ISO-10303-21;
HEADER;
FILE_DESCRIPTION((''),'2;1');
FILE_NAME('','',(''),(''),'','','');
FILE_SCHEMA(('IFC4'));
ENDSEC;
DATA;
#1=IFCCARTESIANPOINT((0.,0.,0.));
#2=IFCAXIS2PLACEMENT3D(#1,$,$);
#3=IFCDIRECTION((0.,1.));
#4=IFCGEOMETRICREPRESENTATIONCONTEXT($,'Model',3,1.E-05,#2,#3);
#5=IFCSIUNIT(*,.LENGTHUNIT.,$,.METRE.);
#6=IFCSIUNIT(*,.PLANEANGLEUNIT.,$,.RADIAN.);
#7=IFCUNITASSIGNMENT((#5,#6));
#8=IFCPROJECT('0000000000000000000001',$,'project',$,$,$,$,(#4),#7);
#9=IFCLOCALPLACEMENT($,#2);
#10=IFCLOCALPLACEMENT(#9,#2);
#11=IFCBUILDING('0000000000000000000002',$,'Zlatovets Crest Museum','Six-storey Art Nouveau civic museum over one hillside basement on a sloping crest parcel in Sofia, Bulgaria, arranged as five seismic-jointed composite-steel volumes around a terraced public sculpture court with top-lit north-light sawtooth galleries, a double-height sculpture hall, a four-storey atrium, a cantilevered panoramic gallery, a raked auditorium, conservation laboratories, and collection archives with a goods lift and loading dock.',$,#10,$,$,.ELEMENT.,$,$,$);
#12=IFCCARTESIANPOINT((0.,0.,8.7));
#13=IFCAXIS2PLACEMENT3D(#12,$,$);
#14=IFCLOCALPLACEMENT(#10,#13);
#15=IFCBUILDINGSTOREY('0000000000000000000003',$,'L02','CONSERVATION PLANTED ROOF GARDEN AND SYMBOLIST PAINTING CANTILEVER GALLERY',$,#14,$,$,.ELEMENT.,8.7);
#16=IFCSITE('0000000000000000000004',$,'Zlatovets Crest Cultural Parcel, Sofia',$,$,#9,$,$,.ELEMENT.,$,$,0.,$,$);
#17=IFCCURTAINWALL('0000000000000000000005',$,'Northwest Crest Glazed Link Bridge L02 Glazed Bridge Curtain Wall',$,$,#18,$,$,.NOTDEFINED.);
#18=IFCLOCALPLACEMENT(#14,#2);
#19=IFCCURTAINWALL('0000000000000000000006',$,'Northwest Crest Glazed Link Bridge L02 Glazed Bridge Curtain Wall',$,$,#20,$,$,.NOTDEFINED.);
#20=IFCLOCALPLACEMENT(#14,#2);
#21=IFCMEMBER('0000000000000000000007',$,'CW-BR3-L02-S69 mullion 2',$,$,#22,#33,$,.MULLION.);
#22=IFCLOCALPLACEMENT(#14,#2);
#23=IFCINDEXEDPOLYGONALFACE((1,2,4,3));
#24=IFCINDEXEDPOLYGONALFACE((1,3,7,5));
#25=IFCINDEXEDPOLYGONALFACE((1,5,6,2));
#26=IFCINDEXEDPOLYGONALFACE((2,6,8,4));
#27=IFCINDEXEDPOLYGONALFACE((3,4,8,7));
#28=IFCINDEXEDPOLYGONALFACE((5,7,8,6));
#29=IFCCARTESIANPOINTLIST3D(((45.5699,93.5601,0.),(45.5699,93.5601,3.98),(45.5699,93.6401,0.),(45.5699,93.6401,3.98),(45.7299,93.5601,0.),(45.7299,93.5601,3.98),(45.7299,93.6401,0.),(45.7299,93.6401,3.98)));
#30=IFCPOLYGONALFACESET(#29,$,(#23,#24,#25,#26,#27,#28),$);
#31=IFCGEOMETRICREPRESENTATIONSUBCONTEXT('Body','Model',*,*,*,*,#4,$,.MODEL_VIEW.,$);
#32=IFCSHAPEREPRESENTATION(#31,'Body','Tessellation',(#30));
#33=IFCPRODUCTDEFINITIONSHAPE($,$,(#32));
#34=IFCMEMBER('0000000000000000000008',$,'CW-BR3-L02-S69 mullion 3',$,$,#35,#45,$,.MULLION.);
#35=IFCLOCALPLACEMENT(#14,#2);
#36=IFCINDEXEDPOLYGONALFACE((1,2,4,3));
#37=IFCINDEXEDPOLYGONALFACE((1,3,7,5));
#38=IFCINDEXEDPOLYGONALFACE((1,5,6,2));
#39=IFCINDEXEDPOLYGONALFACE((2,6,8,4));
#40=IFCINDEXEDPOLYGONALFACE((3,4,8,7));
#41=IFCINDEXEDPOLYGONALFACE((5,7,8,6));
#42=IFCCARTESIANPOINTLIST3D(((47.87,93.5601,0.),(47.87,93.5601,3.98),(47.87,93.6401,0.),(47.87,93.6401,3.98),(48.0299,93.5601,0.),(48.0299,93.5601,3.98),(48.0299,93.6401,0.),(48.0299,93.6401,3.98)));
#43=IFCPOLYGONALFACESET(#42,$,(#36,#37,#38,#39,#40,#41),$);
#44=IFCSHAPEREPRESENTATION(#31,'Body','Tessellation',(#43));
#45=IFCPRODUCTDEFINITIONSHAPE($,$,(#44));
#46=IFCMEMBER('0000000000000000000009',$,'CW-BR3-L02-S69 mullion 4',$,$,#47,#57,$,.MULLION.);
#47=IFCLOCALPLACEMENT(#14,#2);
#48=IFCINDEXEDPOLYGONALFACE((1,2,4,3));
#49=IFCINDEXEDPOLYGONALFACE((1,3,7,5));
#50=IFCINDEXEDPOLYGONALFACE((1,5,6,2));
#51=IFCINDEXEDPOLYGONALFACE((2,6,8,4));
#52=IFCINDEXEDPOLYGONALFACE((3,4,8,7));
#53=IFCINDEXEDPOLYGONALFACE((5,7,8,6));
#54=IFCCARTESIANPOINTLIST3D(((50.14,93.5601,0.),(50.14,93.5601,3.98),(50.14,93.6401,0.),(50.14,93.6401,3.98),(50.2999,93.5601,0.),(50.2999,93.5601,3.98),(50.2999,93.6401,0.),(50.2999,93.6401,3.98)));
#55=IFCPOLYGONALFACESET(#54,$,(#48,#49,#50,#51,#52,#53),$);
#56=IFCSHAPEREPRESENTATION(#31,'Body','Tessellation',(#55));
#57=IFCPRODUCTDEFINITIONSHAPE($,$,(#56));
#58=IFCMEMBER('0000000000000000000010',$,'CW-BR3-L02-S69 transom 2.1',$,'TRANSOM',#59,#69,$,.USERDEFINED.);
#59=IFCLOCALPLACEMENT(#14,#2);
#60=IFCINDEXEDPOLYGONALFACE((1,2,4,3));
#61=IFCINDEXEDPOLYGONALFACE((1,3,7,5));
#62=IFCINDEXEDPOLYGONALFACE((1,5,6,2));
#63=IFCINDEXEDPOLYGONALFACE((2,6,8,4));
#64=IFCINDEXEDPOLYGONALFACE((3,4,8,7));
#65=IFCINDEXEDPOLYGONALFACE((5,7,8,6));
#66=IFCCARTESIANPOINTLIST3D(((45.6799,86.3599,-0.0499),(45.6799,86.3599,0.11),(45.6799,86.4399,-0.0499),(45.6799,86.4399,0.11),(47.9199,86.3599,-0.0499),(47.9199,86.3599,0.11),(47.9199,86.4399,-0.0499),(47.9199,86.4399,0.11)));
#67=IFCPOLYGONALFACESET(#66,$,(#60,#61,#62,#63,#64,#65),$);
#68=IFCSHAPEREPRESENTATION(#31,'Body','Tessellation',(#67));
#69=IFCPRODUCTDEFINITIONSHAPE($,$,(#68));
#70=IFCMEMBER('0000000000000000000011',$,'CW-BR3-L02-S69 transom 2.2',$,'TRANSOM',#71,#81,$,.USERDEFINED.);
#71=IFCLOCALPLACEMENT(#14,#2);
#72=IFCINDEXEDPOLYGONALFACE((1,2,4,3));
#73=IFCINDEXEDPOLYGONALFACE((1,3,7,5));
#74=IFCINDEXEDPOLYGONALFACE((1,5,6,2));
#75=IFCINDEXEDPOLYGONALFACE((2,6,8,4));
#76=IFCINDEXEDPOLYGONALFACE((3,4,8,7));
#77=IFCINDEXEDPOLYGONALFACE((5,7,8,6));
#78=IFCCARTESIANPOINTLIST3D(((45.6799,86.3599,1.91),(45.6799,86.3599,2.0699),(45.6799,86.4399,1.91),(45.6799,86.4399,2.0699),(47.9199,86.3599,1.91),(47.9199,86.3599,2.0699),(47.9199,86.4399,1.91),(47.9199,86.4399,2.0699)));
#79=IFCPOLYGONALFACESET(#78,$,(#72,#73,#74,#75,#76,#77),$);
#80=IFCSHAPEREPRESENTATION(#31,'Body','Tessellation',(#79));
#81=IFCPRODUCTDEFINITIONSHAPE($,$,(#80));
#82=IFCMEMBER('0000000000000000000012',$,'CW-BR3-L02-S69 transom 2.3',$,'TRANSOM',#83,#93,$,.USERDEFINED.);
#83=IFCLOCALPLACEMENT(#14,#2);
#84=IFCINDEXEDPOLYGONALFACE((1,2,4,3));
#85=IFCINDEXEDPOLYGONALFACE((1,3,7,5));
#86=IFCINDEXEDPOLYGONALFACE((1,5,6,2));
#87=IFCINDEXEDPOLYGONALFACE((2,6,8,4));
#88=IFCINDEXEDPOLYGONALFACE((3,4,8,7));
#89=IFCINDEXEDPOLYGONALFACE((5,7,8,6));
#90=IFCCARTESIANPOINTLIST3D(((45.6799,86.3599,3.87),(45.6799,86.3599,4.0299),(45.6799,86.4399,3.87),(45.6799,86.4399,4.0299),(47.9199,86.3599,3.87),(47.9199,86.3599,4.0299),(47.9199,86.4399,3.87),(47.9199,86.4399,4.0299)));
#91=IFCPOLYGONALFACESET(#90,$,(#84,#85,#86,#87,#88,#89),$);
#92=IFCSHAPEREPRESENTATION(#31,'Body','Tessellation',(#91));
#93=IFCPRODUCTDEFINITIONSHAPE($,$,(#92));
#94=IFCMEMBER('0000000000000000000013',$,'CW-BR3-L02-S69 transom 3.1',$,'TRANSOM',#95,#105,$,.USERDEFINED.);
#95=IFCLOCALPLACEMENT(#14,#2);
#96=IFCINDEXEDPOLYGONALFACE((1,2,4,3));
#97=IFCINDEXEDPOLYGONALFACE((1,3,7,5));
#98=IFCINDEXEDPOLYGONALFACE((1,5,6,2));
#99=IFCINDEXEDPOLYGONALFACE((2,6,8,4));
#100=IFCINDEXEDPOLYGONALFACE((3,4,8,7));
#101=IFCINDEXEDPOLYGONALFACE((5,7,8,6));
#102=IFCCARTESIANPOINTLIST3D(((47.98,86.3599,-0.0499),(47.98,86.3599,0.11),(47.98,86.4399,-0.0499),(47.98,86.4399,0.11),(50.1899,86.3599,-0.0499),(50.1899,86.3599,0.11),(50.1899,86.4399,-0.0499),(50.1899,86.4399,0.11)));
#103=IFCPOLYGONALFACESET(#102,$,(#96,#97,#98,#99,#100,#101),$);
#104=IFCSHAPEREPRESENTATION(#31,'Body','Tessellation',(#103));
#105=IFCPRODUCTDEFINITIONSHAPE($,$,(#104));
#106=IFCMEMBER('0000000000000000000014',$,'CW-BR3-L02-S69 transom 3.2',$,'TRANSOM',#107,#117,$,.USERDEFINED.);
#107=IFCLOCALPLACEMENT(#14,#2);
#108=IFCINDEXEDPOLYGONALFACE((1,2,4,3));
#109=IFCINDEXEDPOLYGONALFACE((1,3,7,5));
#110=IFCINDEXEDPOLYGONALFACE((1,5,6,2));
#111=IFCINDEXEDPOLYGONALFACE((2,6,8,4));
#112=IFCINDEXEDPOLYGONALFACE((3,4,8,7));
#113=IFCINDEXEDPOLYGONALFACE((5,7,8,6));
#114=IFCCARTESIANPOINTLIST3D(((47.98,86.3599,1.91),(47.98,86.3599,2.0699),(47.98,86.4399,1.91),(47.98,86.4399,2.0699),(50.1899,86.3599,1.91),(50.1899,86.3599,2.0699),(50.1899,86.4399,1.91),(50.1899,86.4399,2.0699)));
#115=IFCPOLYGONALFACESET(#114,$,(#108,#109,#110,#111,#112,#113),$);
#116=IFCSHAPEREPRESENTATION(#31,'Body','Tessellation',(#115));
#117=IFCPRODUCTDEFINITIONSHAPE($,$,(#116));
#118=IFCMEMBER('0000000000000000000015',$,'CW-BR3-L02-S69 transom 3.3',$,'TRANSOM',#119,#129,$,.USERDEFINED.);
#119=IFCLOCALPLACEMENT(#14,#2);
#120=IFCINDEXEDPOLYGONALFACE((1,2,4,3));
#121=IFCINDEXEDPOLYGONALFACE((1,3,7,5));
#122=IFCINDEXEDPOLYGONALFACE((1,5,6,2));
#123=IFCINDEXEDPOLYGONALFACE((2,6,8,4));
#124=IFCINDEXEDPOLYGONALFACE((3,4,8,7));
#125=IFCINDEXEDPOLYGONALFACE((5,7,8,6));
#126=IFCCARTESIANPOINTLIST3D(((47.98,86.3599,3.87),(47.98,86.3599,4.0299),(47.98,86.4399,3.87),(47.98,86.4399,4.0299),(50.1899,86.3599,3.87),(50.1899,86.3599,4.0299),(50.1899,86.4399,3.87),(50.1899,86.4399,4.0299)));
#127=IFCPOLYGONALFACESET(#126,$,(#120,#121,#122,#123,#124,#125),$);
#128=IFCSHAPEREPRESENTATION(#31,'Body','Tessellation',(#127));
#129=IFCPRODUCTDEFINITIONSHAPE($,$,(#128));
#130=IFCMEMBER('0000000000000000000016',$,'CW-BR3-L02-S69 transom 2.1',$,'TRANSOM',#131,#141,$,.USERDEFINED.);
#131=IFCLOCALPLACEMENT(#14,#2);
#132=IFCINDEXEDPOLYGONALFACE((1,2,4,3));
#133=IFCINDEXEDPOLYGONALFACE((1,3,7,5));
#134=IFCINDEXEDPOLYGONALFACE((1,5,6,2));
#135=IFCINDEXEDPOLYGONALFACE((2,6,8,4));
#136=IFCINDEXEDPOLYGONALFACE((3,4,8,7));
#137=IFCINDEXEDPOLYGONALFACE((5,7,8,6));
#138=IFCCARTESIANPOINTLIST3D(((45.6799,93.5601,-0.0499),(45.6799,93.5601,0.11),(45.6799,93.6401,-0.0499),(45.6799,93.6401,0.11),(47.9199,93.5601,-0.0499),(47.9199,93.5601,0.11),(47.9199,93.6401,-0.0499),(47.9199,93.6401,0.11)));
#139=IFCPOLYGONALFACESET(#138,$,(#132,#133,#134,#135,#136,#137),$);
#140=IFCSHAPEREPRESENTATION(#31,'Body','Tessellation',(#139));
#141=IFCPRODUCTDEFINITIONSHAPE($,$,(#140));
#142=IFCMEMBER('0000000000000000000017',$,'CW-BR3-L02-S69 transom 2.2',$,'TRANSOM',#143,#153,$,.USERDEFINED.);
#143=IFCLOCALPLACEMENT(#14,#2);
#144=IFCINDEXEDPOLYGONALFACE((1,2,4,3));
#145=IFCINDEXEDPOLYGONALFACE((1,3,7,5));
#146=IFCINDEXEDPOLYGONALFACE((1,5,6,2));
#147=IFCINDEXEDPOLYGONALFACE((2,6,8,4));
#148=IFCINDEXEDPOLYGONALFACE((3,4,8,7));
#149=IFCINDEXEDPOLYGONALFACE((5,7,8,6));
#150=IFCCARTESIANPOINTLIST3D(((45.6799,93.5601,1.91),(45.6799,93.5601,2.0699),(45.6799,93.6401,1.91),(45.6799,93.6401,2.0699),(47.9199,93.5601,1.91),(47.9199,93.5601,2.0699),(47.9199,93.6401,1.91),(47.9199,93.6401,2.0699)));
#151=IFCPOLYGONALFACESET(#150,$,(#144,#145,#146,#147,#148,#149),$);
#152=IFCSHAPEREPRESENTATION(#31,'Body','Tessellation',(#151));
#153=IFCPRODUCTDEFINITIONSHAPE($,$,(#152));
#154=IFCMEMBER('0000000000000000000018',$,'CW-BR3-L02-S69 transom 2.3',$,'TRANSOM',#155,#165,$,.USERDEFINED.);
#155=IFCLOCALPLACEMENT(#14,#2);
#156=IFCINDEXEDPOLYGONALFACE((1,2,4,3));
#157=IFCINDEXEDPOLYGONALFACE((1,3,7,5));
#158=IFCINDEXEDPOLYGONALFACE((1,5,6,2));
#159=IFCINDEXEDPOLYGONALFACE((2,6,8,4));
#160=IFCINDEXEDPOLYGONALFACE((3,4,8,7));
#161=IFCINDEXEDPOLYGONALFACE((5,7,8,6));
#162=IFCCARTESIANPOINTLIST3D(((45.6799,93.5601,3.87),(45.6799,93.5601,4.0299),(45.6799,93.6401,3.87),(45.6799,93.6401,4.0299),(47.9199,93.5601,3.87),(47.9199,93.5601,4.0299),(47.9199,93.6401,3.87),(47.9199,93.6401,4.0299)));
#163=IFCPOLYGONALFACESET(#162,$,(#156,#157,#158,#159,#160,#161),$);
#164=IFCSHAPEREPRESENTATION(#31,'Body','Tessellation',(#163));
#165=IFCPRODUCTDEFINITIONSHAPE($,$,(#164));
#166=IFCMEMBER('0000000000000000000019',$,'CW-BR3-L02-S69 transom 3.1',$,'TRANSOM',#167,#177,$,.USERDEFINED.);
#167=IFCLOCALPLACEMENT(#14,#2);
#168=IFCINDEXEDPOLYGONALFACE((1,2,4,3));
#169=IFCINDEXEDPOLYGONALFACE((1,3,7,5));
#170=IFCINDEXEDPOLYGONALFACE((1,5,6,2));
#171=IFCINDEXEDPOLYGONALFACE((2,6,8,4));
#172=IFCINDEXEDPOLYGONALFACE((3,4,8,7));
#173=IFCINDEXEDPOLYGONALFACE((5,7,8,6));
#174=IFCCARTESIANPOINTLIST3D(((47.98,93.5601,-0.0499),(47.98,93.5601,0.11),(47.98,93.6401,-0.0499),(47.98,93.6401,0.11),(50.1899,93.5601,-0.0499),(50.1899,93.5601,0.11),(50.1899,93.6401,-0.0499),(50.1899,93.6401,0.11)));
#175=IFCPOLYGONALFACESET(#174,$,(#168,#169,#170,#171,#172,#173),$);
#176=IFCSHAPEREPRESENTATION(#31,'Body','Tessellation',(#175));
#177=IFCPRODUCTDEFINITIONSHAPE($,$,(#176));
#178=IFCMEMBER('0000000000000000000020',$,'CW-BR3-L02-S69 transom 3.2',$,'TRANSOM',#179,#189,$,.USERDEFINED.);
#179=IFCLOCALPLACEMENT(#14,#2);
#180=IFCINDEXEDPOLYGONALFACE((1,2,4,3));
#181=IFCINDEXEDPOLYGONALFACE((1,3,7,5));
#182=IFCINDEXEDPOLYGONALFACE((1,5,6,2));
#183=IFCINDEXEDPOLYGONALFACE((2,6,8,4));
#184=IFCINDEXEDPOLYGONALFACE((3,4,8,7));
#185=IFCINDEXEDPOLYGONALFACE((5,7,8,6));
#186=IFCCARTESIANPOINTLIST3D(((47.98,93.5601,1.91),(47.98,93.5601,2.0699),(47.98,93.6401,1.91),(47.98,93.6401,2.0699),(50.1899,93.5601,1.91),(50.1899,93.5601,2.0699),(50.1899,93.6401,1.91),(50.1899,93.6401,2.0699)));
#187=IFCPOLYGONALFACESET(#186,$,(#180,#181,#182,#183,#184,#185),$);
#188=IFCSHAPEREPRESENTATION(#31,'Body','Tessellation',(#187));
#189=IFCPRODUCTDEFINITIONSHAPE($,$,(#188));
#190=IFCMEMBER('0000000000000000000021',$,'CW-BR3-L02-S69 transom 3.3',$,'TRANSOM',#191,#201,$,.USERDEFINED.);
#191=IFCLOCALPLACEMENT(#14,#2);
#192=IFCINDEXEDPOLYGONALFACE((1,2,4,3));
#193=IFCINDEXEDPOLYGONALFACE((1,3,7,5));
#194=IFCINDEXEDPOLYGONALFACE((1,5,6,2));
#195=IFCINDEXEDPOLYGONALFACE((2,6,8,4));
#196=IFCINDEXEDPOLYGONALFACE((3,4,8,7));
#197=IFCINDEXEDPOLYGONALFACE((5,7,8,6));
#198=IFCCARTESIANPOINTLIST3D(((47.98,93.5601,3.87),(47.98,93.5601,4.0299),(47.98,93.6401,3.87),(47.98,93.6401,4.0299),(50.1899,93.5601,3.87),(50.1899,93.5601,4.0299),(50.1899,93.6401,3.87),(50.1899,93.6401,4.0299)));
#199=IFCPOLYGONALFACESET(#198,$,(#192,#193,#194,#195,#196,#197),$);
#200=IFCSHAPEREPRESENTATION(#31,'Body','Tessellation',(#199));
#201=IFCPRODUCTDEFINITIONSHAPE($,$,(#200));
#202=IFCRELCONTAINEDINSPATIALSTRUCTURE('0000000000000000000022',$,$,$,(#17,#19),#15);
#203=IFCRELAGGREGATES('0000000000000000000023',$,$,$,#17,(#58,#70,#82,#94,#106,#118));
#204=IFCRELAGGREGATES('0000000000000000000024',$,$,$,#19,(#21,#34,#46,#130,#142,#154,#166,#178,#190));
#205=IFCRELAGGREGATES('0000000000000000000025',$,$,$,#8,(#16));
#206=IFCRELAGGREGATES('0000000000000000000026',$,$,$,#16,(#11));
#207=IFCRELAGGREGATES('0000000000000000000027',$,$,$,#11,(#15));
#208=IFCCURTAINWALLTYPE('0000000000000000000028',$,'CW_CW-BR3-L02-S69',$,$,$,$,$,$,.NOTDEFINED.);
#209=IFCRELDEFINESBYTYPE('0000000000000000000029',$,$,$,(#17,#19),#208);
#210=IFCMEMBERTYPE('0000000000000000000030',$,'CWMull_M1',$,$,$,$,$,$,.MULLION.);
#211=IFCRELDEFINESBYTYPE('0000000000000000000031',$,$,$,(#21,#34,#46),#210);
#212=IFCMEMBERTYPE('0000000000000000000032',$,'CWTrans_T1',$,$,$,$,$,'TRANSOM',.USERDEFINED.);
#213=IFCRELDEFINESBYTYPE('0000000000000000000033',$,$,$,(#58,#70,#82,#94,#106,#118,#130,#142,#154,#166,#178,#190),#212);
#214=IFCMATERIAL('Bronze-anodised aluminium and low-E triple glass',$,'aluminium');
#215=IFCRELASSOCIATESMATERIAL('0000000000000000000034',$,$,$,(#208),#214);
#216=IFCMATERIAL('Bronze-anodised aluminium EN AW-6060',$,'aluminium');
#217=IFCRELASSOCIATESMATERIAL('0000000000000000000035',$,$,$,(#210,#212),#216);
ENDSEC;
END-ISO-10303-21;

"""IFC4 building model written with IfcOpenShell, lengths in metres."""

from ifc_helpers import new_model, si_unit, direction, frame, origin, origin_2d, place, context, subcontext, project, spatial, rectangle, extrude, material, material_profile, profile_set, type_object, element, aggregate, save


model = new_model("IFC4")

# Units and contexts
model_context = context("Model", 3, precision=1e-05, world=origin(), true_north=direction((0.0, 1.0)))
body_context = subcontext(model_context, "Body", "Model", "MODEL_VIEW")
ifc_project = project(units=[si_unit("LENGTHUNIT", "METRE"), si_unit("PLANEANGLEUNIT", "RADIAN")], contexts=[model_context])

# Site, building, storey
site_placement = place(None, origin())
site = spatial("IfcSite", under=ifc_project, at=site_placement, Name="Zlatovets Crest Cultural Parcel, Sofia", CompositionType="ELEMENT", RefElevation=0.0)
building_placement = place(site_placement, origin())
building = spatial("IfcBuilding", under=site, at=building_placement, Name="Zlatovets Crest Museum", Description="Six-storey Art Nouveau civic museum over one hillside basement on a sloping crest parcel in Sofia, Bulgaria, arranged as five seismic-jointed composite-steel volumes around a terraced public sculpture court with top-lit north-light sawtooth galleries, a double-height sculpture hall, a four-storey atrium, a cantilevered panoramic gallery, a raked auditorium, conservation laboratories, and collection archives with a goods lift and loading dock.", CompositionType="ELEMENT")
storey_placement = place(building_placement, frame((0.0, 0.0, 8.7)))
storey = spatial("IfcBuildingStorey", under=building, at=storey_placement, Name="L02", Description="CONSERVATION PLANTED ROOF GARDEN AND SYMBOLIST PAINTING CANTILEVER GALLERY", CompositionType="ELEMENT", Elevation=8.7)

# Curtain wall
ifc_material_1 = material(Name="Bronze-anodised aluminium and low-E triple glass", Category="aluminium")
curtain_wall_type = type_object("IfcCurtainWallType", Name="CW_CW-BR3-L02-S69", PredefinedType="NOTDEFINED", material=ifc_material_1)
curtain_wall_1_placement = place(storey_placement, origin())
curtain_wall_1 = element("IfcCurtainWall", 1, at=curtain_wall_1_placement, inside=storey, type_object=curtain_wall_type, Name="Northwest Crest Glazed Link Bridge L02 Glazed Bridge Curtain Wall", PredefinedType="NOTDEFINED")
ifc_material_2 = material(Name="Bronze-anodised aluminium EN AW-6060", Category="aluminium")
ifc_material_profile_1 = material_profile(ifc_material_2, rectangle(XDim=0.0801, YDim=0.1599, at=origin_2d()), Name="ALU 80x160")
ifc_profile_set_1 = profile_set([ifc_material_profile_1], Name="Bronze-anodised aluminium EN AW-6060")
member_type_1 = type_object("IfcMemberType", Name="CWMull_M1", PredefinedType="MULLION", material=ifc_profile_set_1)

# Curtain wall, members
curtain_wall_2_placement = place(storey_placement, origin())
curtain_wall_2 = element("IfcCurtainWall", 2, at=curtain_wall_2_placement, inside=storey, type_object=curtain_wall_type, Name="Northwest Crest Glazed Link Bridge L02 Glazed Bridge Curtain Wall", PredefinedType="NOTDEFINED")
member_1_placement = place(storey_placement, frame((45.6499, 93.6001, 0.0), z_axis=(0.0, 0.0, 1.0), x_axis=(0.0, 1.0, 0.0)))
member_1 = element("IfcMember", 3, at=member_1_placement, type_object=member_type_1, Name="CW-BR3-L02-S69 mullion 2", PredefinedType="MULLION", context=body_context, shape_type="SweptSolid", body=[
    extrude(rectangle(XDim=0.0801, YDim=0.1599, at=origin_2d()), origin(), (0.0, 0.0, 1.0), 3.98),
])
member_2_placement = place(storey_placement, frame((47.95, 93.6001, 0.0), z_axis=(0.0, 0.0, 1.0), x_axis=(0.0, 1.0, 0.0)))
member_2 = element("IfcMember", 4, at=member_2_placement, type_object=member_type_1, Name="CW-BR3-L02-S69 mullion 3", PredefinedType="MULLION", context=body_context, shape_type="SweptSolid", body=[
    extrude(rectangle(XDim=0.0801, YDim=0.1599, at=origin_2d()), origin(), (0.0, 0.0, 1.0), 3.98),
])
member_3_placement = place(storey_placement, frame((50.22, 93.6001, 0.0), z_axis=(0.0, 0.0, 1.0), x_axis=(0.0, 1.0, 0.0)))
member_3 = element("IfcMember", 5, at=member_3_placement, type_object=member_type_1, Name="CW-BR3-L02-S69 mullion 4", PredefinedType="MULLION", context=body_context, shape_type="SweptSolid", body=[
    extrude(rectangle(XDim=0.0801, YDim=0.1599, at=origin_2d()), origin(), (0.0, 0.0, 1.0), 3.98),
])

# Members
ifc_material_profile_2 = material_profile(ifc_material_2, rectangle(XDim=0.0801, YDim=0.1599, at=origin_2d()), Name="ALU 80x160")
ifc_profile_set_2 = profile_set([ifc_material_profile_2], Name="Bronze-anodised aluminium EN AW-6060")
member_type_2 = type_object("IfcMemberType", Name="CWTrans_T1", ElementType="TRANSOM", PredefinedType="USERDEFINED", material=ifc_profile_set_2)
member_4_placement = place(storey_placement, frame((45.6799, 86.3999, 0.03), z_axis=(1.0, 0.0, 0.0), x_axis=(0.0, 1.0, 0.0)))
member_4 = element("IfcMember", 6, at=member_4_placement, type_object=member_type_2, Name="CW-BR3-L02-S69 transom 2.1", ObjectType="TRANSOM", PredefinedType="USERDEFINED", context=body_context, shape_type="SweptSolid", body=[
    extrude(rectangle(XDim=0.0801, YDim=0.1599, at=origin_2d()), origin(), (0.0, 0.0, 1.0), 2.24),
])
member_5_placement = place(storey_placement, frame((45.6799, 86.3999, 1.99), z_axis=(1.0, 0.0, 0.0), x_axis=(0.0, 1.0, 0.0)))
member_5 = element("IfcMember", 7, at=member_5_placement, type_object=member_type_2, Name="CW-BR3-L02-S69 transom 2.2", ObjectType="TRANSOM", PredefinedType="USERDEFINED", context=body_context, shape_type="SweptSolid", body=[
    extrude(rectangle(XDim=0.0801, YDim=0.1599, at=origin_2d()), origin(), (0.0, 0.0, 1.0), 2.24),
])
member_6_placement = place(storey_placement, frame((45.6799, 86.3999, 3.95), z_axis=(1.0, 0.0, 0.0), x_axis=(0.0, 1.0, 0.0)))
member_6 = element("IfcMember", 8, at=member_6_placement, type_object=member_type_2, Name="CW-BR3-L02-S69 transom 2.3", ObjectType="TRANSOM", PredefinedType="USERDEFINED", context=body_context, shape_type="SweptSolid", body=[
    extrude(rectangle(XDim=0.0801, YDim=0.1599, at=origin_2d()), origin(), (0.0, 0.0, 1.0), 2.24),
])
member_7_placement = place(storey_placement, frame((47.98, 86.3999, 0.03), z_axis=(1.0, 0.0, 0.0), x_axis=(0.0, 1.0, 0.0)))
member_7 = element("IfcMember", 9, at=member_7_placement, type_object=member_type_2, Name="CW-BR3-L02-S69 transom 3.1", ObjectType="TRANSOM", PredefinedType="USERDEFINED", context=body_context, shape_type="SweptSolid", body=[
    extrude(rectangle(XDim=0.0801, YDim=0.1599, at=origin_2d()), origin(), (0.0, 0.0, 1.0), 2.21),
])
member_8_placement = place(storey_placement, frame((47.98, 86.3999, 1.99), z_axis=(1.0, 0.0, 0.0), x_axis=(0.0, 1.0, 0.0)))
member_8 = element("IfcMember", 10, at=member_8_placement, type_object=member_type_2, Name="CW-BR3-L02-S69 transom 3.2", ObjectType="TRANSOM", PredefinedType="USERDEFINED", context=body_context, shape_type="SweptSolid", body=[
    extrude(rectangle(XDim=0.0801, YDim=0.1599, at=origin_2d()), origin(), (0.0, 0.0, 1.0), 2.21),
])
member_9_placement = place(storey_placement, frame((47.98, 86.3999, 3.95), z_axis=(1.0, 0.0, 0.0), x_axis=(0.0, 1.0, 0.0)))
member_9 = element("IfcMember", 11, at=member_9_placement, type_object=member_type_2, Name="CW-BR3-L02-S69 transom 3.3", ObjectType="TRANSOM", PredefinedType="USERDEFINED", context=body_context, shape_type="SweptSolid", body=[
    extrude(rectangle(XDim=0.0801, YDim=0.1599, at=origin_2d()), origin(), (0.0, 0.0, 1.0), 2.21),
])
member_10_placement = place(storey_placement, frame((45.6799, 93.6001, 0.03), z_axis=(1.0, 0.0, 0.0), x_axis=(0.0, 1.0, 0.0)))
member_10 = element("IfcMember", 12, at=member_10_placement, type_object=member_type_2, Name="CW-BR3-L02-S69 transom 2.1", ObjectType="TRANSOM", PredefinedType="USERDEFINED", context=body_context, shape_type="SweptSolid", body=[
    extrude(rectangle(XDim=0.0801, YDim=0.1599, at=origin_2d()), origin(), (0.0, 0.0, 1.0), 2.24),
])
member_11_placement = place(storey_placement, frame((45.6799, 93.6001, 1.99), z_axis=(1.0, 0.0, 0.0), x_axis=(0.0, 1.0, 0.0)))
member_11 = element("IfcMember", 13, at=member_11_placement, type_object=member_type_2, Name="CW-BR3-L02-S69 transom 2.2", ObjectType="TRANSOM", PredefinedType="USERDEFINED", context=body_context, shape_type="SweptSolid", body=[
    extrude(rectangle(XDim=0.0801, YDim=0.1599, at=origin_2d()), origin(), (0.0, 0.0, 1.0), 2.24),
])
member_12_placement = place(storey_placement, frame((45.6799, 93.6001, 3.95), z_axis=(1.0, 0.0, 0.0), x_axis=(0.0, 1.0, 0.0)))
member_12 = element("IfcMember", 14, at=member_12_placement, type_object=member_type_2, Name="CW-BR3-L02-S69 transom 2.3", ObjectType="TRANSOM", PredefinedType="USERDEFINED", context=body_context, shape_type="SweptSolid", body=[
    extrude(rectangle(XDim=0.0801, YDim=0.1599, at=origin_2d()), origin(), (0.0, 0.0, 1.0), 2.24),
])
member_13_placement = place(storey_placement, frame((47.98, 93.6001, 0.03), z_axis=(1.0, 0.0, 0.0), x_axis=(0.0, 1.0, 0.0)))
member_13 = element("IfcMember", 15, at=member_13_placement, type_object=member_type_2, Name="CW-BR3-L02-S69 transom 3.1", ObjectType="TRANSOM", PredefinedType="USERDEFINED", context=body_context, shape_type="SweptSolid", body=[
    extrude(rectangle(XDim=0.0801, YDim=0.1599, at=origin_2d()), origin(), (0.0, 0.0, 1.0), 2.21),
])
member_14_placement = place(storey_placement, frame((47.98, 93.6001, 1.99), z_axis=(1.0, 0.0, 0.0), x_axis=(0.0, 1.0, 0.0)))
member_14 = element("IfcMember", 16, at=member_14_placement, type_object=member_type_2, Name="CW-BR3-L02-S69 transom 3.2", ObjectType="TRANSOM", PredefinedType="USERDEFINED", context=body_context, shape_type="SweptSolid", body=[
    extrude(rectangle(XDim=0.0801, YDim=0.1599, at=origin_2d()), origin(), (0.0, 0.0, 1.0), 2.21),
])
member_15_placement = place(storey_placement, frame((47.98, 93.6001, 3.95), z_axis=(1.0, 0.0, 0.0), x_axis=(0.0, 1.0, 0.0)))
member_15 = element("IfcMember", 17, at=member_15_placement, type_object=member_type_2, Name="CW-BR3-L02-S69 transom 3.3", ObjectType="TRANSOM", PredefinedType="USERDEFINED", context=body_context, shape_type="SweptSolid", body=[
    extrude(rectangle(XDim=0.0801, YDim=0.1599, at=origin_2d()), origin(), (0.0, 0.0, 1.0), 2.21),
])

aggregate(curtain_wall_1, [member_4, member_5, member_6, member_7, member_8, member_9])
aggregate(curtain_wall_2, [member_1, member_2, member_3, member_10, member_11, member_12, member_13, member_14, member_15])

save(model, "model.ifc")
